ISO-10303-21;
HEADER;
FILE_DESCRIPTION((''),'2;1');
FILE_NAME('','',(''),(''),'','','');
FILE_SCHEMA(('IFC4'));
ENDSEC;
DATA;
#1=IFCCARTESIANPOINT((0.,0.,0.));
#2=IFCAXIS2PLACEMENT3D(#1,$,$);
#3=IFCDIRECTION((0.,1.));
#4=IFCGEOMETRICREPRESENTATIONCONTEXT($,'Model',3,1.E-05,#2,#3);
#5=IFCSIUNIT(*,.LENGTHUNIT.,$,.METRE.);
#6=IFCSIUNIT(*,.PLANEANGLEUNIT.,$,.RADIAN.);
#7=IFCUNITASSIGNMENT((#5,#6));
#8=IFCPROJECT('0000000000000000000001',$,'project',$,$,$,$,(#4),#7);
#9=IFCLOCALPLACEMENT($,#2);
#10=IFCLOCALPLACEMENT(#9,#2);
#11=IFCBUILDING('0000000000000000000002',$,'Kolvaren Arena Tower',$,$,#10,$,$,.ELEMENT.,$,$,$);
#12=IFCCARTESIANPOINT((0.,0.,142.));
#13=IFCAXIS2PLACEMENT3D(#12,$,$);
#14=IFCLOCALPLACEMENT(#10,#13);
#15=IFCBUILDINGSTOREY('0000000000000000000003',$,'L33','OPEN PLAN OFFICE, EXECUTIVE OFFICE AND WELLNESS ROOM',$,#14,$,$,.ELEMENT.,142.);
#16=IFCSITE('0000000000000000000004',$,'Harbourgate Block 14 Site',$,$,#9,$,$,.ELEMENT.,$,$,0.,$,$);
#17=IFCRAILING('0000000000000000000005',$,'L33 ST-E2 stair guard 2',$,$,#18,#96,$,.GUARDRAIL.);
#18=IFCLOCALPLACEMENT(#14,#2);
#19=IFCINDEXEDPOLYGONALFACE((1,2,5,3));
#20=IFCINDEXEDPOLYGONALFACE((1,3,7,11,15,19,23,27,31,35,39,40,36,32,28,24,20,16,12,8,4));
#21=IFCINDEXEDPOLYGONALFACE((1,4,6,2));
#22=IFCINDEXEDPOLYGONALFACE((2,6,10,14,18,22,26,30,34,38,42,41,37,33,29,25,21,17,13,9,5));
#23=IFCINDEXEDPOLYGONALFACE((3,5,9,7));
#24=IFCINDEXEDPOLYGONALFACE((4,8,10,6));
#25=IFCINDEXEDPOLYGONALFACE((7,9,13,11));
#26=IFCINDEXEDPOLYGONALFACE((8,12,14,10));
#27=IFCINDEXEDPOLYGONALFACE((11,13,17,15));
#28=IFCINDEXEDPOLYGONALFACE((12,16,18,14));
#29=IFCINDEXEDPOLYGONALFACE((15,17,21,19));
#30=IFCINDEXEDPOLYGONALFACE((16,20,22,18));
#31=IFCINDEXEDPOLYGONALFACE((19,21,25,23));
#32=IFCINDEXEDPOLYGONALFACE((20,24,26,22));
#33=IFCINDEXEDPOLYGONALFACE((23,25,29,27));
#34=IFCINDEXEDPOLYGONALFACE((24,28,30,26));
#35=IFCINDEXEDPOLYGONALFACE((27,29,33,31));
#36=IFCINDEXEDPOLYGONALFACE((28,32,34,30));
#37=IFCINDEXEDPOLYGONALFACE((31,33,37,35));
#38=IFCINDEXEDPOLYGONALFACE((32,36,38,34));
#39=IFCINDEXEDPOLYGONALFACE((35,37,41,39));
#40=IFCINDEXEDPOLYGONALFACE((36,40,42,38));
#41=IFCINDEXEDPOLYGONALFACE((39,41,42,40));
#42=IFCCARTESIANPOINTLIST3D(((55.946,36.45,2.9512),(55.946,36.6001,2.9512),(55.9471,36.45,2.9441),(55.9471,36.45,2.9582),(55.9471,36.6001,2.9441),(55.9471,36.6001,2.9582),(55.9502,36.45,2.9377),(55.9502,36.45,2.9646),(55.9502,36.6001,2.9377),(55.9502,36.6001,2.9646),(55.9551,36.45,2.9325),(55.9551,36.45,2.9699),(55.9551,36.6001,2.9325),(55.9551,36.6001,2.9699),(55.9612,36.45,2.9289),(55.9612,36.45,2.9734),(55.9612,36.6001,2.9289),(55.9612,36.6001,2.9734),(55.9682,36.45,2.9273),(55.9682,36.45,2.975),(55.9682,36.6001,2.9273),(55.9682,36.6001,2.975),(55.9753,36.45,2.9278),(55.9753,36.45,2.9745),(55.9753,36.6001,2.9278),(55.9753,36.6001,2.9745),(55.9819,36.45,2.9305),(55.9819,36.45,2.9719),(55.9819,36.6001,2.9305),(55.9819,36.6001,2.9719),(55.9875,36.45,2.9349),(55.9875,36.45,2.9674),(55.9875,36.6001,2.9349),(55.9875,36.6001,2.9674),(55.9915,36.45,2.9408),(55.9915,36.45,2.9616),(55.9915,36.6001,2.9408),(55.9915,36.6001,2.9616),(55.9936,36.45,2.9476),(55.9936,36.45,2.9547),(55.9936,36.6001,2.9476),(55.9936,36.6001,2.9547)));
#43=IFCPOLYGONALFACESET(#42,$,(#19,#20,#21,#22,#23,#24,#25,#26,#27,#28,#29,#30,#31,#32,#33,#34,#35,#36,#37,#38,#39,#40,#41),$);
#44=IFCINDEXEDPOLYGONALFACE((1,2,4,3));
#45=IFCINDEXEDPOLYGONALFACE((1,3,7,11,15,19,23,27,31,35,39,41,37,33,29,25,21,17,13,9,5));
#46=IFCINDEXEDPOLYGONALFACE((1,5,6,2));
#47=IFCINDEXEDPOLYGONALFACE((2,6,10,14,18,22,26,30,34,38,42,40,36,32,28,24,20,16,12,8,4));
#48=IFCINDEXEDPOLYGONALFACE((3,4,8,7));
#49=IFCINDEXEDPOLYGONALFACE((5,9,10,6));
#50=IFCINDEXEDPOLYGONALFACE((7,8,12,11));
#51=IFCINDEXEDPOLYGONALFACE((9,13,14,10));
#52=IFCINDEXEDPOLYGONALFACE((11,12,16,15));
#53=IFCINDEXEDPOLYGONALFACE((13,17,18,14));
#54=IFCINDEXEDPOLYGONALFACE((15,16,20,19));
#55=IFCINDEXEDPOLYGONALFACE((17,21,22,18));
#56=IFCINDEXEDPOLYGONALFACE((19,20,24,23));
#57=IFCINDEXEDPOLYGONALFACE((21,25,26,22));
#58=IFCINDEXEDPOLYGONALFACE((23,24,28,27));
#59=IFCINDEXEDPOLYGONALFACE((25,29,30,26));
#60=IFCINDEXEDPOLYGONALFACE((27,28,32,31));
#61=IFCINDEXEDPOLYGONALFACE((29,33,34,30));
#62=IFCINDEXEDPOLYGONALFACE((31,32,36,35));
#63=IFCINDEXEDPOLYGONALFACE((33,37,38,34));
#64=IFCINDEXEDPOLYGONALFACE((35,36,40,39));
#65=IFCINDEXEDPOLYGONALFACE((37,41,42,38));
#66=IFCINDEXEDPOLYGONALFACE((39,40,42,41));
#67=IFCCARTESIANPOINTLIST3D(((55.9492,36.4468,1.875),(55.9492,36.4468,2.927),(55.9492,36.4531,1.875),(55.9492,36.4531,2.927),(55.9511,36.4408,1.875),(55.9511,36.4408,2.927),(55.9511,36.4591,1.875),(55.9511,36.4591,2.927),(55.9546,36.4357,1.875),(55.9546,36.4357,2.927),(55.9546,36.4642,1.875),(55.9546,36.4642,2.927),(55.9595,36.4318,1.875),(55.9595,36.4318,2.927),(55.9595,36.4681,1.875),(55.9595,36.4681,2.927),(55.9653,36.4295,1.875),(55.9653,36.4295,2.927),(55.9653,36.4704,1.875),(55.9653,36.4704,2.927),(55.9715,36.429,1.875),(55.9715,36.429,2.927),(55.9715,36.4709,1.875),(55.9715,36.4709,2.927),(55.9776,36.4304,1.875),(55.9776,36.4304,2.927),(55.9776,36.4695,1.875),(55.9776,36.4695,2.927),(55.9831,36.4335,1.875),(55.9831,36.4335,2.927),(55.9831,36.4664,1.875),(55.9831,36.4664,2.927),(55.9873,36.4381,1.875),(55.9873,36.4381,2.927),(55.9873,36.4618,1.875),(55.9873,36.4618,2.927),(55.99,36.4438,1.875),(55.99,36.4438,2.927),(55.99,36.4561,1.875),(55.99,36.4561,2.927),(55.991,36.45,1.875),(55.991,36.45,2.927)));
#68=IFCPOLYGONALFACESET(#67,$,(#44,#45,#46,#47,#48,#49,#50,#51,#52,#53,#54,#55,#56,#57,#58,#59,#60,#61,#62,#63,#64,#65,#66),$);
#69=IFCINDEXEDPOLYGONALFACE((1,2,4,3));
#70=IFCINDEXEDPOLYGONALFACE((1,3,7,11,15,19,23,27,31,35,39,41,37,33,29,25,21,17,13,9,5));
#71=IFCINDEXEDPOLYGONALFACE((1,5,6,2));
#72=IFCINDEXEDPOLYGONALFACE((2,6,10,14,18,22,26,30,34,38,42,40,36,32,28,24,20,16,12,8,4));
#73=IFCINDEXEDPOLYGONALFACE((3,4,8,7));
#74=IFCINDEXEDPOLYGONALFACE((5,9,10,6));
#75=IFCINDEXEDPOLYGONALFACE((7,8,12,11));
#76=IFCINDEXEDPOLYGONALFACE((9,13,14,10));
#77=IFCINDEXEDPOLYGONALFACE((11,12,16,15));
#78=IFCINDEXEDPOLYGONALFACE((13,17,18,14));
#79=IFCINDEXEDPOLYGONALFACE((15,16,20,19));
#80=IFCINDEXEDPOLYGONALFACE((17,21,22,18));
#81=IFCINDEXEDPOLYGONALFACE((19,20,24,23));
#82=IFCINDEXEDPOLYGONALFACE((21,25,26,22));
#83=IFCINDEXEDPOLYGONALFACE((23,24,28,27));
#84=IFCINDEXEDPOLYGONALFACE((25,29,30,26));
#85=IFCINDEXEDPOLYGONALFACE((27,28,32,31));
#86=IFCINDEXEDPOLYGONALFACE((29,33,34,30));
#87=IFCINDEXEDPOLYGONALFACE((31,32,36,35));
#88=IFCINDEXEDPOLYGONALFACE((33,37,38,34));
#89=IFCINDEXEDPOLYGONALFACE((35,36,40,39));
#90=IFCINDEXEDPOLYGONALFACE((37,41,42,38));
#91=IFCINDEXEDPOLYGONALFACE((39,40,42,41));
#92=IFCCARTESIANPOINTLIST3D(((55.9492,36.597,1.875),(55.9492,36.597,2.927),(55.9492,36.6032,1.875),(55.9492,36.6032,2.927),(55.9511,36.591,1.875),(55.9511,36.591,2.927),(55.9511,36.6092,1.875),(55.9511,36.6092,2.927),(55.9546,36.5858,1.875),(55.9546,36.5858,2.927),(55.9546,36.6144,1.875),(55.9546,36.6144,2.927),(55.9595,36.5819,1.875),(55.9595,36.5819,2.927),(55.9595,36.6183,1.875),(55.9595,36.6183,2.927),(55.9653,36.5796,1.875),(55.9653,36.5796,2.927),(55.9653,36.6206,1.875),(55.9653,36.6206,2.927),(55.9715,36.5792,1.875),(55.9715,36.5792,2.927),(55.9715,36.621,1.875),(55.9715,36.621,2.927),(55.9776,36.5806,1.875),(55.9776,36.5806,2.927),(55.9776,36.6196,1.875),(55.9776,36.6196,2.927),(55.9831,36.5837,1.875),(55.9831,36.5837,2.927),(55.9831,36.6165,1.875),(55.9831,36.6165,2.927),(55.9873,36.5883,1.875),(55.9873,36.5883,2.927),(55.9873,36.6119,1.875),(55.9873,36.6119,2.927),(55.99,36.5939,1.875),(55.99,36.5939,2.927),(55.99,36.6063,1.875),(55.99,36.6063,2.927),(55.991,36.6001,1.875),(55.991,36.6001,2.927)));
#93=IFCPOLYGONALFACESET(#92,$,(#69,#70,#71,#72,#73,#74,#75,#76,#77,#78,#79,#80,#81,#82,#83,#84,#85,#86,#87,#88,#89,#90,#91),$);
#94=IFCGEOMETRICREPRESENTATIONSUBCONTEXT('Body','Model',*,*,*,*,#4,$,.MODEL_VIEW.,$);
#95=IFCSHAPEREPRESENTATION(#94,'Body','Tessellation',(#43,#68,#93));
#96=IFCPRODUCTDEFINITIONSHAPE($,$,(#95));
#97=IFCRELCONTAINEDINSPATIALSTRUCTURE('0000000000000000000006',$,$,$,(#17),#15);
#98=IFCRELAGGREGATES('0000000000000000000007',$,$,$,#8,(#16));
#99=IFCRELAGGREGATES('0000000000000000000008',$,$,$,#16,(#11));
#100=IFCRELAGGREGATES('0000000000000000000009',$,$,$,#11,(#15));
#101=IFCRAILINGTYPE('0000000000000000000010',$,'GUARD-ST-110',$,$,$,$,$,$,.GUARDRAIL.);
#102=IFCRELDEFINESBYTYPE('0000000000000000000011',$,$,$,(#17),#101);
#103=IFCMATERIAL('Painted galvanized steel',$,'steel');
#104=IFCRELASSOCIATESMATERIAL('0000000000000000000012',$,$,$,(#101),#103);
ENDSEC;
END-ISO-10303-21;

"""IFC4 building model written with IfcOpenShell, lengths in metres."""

from ifc_helpers import new_model, si_unit, direction, frame, origin, origin_2d, place, context, subcontext, project, spatial, circle, extrude, material, type_object, element, save


model = new_model("IFC4")

# Units and contexts
model_context = context("Model", 3, precision=1e-05, world=origin(), true_north=direction((0.0, 1.0)))
body_context = subcontext(model_context, "Body", "Model", "MODEL_VIEW")
ifc_project = project(units=[si_unit("LENGTHUNIT", "METRE"), si_unit("PLANEANGLEUNIT", "RADIAN")], contexts=[model_context])

# Site, building, storey
site_placement = place(None, origin())
site = spatial("IfcSite", under=ifc_project, at=site_placement, Name="Harbourgate Block 14 Site", CompositionType="ELEMENT", RefElevation=0.0)
building_placement = place(site_placement, origin())
building = spatial("IfcBuilding", under=site, at=building_placement, Name="Kolvaren Arena Tower", CompositionType="ELEMENT")
storey_placement = place(building_placement, frame((0.0, 0.0, 142.0)))
storey = spatial("IfcBuildingStorey", under=building, at=storey_placement, Name="L33", Description="OPEN PLAN OFFICE, EXECUTIVE OFFICE AND WELLNESS ROOM", CompositionType="ELEMENT", Elevation=142.0)

# Railing
ifc_material_1 = material(Name="Painted galvanized steel", Category="steel")
railing_type_1 = type_object("IfcRailingType", Name="GUARD-ST-110", PredefinedType="GUARDRAIL", material=ifc_material_1)
railing_1_placement = place(storey_placement, frame((55.97, 36.45, 1.875)))
element("IfcRailing", 1, at=railing_1_placement, inside=storey, type_object=railing_type_1, Name="L33 ST-E2 stair guard 2", PredefinedType="GUARDRAIL", context=body_context, shape_type="SweptSolid", body=[
    extrude(circle(Radius=0.0239, at=origin_2d()), frame((0.0, 0.0, 1.0762), z_axis=(0.0, 1.0, 0.0), x_axis=(-1.0, 0.0, 0.0)), (0.0, 0.0, 1.0), 0.1501),
    extrude(circle(Radius=0.021, at=origin_2d()), origin(), (0.0, 0.0, 1.0), 1.052),
    extrude(circle(Radius=0.021, at=origin_2d()), frame((0.0, 0.1501, 0.0)), (0.0, 0.0, 1.0), 1.052),
])

save(model, "model.ifc")
